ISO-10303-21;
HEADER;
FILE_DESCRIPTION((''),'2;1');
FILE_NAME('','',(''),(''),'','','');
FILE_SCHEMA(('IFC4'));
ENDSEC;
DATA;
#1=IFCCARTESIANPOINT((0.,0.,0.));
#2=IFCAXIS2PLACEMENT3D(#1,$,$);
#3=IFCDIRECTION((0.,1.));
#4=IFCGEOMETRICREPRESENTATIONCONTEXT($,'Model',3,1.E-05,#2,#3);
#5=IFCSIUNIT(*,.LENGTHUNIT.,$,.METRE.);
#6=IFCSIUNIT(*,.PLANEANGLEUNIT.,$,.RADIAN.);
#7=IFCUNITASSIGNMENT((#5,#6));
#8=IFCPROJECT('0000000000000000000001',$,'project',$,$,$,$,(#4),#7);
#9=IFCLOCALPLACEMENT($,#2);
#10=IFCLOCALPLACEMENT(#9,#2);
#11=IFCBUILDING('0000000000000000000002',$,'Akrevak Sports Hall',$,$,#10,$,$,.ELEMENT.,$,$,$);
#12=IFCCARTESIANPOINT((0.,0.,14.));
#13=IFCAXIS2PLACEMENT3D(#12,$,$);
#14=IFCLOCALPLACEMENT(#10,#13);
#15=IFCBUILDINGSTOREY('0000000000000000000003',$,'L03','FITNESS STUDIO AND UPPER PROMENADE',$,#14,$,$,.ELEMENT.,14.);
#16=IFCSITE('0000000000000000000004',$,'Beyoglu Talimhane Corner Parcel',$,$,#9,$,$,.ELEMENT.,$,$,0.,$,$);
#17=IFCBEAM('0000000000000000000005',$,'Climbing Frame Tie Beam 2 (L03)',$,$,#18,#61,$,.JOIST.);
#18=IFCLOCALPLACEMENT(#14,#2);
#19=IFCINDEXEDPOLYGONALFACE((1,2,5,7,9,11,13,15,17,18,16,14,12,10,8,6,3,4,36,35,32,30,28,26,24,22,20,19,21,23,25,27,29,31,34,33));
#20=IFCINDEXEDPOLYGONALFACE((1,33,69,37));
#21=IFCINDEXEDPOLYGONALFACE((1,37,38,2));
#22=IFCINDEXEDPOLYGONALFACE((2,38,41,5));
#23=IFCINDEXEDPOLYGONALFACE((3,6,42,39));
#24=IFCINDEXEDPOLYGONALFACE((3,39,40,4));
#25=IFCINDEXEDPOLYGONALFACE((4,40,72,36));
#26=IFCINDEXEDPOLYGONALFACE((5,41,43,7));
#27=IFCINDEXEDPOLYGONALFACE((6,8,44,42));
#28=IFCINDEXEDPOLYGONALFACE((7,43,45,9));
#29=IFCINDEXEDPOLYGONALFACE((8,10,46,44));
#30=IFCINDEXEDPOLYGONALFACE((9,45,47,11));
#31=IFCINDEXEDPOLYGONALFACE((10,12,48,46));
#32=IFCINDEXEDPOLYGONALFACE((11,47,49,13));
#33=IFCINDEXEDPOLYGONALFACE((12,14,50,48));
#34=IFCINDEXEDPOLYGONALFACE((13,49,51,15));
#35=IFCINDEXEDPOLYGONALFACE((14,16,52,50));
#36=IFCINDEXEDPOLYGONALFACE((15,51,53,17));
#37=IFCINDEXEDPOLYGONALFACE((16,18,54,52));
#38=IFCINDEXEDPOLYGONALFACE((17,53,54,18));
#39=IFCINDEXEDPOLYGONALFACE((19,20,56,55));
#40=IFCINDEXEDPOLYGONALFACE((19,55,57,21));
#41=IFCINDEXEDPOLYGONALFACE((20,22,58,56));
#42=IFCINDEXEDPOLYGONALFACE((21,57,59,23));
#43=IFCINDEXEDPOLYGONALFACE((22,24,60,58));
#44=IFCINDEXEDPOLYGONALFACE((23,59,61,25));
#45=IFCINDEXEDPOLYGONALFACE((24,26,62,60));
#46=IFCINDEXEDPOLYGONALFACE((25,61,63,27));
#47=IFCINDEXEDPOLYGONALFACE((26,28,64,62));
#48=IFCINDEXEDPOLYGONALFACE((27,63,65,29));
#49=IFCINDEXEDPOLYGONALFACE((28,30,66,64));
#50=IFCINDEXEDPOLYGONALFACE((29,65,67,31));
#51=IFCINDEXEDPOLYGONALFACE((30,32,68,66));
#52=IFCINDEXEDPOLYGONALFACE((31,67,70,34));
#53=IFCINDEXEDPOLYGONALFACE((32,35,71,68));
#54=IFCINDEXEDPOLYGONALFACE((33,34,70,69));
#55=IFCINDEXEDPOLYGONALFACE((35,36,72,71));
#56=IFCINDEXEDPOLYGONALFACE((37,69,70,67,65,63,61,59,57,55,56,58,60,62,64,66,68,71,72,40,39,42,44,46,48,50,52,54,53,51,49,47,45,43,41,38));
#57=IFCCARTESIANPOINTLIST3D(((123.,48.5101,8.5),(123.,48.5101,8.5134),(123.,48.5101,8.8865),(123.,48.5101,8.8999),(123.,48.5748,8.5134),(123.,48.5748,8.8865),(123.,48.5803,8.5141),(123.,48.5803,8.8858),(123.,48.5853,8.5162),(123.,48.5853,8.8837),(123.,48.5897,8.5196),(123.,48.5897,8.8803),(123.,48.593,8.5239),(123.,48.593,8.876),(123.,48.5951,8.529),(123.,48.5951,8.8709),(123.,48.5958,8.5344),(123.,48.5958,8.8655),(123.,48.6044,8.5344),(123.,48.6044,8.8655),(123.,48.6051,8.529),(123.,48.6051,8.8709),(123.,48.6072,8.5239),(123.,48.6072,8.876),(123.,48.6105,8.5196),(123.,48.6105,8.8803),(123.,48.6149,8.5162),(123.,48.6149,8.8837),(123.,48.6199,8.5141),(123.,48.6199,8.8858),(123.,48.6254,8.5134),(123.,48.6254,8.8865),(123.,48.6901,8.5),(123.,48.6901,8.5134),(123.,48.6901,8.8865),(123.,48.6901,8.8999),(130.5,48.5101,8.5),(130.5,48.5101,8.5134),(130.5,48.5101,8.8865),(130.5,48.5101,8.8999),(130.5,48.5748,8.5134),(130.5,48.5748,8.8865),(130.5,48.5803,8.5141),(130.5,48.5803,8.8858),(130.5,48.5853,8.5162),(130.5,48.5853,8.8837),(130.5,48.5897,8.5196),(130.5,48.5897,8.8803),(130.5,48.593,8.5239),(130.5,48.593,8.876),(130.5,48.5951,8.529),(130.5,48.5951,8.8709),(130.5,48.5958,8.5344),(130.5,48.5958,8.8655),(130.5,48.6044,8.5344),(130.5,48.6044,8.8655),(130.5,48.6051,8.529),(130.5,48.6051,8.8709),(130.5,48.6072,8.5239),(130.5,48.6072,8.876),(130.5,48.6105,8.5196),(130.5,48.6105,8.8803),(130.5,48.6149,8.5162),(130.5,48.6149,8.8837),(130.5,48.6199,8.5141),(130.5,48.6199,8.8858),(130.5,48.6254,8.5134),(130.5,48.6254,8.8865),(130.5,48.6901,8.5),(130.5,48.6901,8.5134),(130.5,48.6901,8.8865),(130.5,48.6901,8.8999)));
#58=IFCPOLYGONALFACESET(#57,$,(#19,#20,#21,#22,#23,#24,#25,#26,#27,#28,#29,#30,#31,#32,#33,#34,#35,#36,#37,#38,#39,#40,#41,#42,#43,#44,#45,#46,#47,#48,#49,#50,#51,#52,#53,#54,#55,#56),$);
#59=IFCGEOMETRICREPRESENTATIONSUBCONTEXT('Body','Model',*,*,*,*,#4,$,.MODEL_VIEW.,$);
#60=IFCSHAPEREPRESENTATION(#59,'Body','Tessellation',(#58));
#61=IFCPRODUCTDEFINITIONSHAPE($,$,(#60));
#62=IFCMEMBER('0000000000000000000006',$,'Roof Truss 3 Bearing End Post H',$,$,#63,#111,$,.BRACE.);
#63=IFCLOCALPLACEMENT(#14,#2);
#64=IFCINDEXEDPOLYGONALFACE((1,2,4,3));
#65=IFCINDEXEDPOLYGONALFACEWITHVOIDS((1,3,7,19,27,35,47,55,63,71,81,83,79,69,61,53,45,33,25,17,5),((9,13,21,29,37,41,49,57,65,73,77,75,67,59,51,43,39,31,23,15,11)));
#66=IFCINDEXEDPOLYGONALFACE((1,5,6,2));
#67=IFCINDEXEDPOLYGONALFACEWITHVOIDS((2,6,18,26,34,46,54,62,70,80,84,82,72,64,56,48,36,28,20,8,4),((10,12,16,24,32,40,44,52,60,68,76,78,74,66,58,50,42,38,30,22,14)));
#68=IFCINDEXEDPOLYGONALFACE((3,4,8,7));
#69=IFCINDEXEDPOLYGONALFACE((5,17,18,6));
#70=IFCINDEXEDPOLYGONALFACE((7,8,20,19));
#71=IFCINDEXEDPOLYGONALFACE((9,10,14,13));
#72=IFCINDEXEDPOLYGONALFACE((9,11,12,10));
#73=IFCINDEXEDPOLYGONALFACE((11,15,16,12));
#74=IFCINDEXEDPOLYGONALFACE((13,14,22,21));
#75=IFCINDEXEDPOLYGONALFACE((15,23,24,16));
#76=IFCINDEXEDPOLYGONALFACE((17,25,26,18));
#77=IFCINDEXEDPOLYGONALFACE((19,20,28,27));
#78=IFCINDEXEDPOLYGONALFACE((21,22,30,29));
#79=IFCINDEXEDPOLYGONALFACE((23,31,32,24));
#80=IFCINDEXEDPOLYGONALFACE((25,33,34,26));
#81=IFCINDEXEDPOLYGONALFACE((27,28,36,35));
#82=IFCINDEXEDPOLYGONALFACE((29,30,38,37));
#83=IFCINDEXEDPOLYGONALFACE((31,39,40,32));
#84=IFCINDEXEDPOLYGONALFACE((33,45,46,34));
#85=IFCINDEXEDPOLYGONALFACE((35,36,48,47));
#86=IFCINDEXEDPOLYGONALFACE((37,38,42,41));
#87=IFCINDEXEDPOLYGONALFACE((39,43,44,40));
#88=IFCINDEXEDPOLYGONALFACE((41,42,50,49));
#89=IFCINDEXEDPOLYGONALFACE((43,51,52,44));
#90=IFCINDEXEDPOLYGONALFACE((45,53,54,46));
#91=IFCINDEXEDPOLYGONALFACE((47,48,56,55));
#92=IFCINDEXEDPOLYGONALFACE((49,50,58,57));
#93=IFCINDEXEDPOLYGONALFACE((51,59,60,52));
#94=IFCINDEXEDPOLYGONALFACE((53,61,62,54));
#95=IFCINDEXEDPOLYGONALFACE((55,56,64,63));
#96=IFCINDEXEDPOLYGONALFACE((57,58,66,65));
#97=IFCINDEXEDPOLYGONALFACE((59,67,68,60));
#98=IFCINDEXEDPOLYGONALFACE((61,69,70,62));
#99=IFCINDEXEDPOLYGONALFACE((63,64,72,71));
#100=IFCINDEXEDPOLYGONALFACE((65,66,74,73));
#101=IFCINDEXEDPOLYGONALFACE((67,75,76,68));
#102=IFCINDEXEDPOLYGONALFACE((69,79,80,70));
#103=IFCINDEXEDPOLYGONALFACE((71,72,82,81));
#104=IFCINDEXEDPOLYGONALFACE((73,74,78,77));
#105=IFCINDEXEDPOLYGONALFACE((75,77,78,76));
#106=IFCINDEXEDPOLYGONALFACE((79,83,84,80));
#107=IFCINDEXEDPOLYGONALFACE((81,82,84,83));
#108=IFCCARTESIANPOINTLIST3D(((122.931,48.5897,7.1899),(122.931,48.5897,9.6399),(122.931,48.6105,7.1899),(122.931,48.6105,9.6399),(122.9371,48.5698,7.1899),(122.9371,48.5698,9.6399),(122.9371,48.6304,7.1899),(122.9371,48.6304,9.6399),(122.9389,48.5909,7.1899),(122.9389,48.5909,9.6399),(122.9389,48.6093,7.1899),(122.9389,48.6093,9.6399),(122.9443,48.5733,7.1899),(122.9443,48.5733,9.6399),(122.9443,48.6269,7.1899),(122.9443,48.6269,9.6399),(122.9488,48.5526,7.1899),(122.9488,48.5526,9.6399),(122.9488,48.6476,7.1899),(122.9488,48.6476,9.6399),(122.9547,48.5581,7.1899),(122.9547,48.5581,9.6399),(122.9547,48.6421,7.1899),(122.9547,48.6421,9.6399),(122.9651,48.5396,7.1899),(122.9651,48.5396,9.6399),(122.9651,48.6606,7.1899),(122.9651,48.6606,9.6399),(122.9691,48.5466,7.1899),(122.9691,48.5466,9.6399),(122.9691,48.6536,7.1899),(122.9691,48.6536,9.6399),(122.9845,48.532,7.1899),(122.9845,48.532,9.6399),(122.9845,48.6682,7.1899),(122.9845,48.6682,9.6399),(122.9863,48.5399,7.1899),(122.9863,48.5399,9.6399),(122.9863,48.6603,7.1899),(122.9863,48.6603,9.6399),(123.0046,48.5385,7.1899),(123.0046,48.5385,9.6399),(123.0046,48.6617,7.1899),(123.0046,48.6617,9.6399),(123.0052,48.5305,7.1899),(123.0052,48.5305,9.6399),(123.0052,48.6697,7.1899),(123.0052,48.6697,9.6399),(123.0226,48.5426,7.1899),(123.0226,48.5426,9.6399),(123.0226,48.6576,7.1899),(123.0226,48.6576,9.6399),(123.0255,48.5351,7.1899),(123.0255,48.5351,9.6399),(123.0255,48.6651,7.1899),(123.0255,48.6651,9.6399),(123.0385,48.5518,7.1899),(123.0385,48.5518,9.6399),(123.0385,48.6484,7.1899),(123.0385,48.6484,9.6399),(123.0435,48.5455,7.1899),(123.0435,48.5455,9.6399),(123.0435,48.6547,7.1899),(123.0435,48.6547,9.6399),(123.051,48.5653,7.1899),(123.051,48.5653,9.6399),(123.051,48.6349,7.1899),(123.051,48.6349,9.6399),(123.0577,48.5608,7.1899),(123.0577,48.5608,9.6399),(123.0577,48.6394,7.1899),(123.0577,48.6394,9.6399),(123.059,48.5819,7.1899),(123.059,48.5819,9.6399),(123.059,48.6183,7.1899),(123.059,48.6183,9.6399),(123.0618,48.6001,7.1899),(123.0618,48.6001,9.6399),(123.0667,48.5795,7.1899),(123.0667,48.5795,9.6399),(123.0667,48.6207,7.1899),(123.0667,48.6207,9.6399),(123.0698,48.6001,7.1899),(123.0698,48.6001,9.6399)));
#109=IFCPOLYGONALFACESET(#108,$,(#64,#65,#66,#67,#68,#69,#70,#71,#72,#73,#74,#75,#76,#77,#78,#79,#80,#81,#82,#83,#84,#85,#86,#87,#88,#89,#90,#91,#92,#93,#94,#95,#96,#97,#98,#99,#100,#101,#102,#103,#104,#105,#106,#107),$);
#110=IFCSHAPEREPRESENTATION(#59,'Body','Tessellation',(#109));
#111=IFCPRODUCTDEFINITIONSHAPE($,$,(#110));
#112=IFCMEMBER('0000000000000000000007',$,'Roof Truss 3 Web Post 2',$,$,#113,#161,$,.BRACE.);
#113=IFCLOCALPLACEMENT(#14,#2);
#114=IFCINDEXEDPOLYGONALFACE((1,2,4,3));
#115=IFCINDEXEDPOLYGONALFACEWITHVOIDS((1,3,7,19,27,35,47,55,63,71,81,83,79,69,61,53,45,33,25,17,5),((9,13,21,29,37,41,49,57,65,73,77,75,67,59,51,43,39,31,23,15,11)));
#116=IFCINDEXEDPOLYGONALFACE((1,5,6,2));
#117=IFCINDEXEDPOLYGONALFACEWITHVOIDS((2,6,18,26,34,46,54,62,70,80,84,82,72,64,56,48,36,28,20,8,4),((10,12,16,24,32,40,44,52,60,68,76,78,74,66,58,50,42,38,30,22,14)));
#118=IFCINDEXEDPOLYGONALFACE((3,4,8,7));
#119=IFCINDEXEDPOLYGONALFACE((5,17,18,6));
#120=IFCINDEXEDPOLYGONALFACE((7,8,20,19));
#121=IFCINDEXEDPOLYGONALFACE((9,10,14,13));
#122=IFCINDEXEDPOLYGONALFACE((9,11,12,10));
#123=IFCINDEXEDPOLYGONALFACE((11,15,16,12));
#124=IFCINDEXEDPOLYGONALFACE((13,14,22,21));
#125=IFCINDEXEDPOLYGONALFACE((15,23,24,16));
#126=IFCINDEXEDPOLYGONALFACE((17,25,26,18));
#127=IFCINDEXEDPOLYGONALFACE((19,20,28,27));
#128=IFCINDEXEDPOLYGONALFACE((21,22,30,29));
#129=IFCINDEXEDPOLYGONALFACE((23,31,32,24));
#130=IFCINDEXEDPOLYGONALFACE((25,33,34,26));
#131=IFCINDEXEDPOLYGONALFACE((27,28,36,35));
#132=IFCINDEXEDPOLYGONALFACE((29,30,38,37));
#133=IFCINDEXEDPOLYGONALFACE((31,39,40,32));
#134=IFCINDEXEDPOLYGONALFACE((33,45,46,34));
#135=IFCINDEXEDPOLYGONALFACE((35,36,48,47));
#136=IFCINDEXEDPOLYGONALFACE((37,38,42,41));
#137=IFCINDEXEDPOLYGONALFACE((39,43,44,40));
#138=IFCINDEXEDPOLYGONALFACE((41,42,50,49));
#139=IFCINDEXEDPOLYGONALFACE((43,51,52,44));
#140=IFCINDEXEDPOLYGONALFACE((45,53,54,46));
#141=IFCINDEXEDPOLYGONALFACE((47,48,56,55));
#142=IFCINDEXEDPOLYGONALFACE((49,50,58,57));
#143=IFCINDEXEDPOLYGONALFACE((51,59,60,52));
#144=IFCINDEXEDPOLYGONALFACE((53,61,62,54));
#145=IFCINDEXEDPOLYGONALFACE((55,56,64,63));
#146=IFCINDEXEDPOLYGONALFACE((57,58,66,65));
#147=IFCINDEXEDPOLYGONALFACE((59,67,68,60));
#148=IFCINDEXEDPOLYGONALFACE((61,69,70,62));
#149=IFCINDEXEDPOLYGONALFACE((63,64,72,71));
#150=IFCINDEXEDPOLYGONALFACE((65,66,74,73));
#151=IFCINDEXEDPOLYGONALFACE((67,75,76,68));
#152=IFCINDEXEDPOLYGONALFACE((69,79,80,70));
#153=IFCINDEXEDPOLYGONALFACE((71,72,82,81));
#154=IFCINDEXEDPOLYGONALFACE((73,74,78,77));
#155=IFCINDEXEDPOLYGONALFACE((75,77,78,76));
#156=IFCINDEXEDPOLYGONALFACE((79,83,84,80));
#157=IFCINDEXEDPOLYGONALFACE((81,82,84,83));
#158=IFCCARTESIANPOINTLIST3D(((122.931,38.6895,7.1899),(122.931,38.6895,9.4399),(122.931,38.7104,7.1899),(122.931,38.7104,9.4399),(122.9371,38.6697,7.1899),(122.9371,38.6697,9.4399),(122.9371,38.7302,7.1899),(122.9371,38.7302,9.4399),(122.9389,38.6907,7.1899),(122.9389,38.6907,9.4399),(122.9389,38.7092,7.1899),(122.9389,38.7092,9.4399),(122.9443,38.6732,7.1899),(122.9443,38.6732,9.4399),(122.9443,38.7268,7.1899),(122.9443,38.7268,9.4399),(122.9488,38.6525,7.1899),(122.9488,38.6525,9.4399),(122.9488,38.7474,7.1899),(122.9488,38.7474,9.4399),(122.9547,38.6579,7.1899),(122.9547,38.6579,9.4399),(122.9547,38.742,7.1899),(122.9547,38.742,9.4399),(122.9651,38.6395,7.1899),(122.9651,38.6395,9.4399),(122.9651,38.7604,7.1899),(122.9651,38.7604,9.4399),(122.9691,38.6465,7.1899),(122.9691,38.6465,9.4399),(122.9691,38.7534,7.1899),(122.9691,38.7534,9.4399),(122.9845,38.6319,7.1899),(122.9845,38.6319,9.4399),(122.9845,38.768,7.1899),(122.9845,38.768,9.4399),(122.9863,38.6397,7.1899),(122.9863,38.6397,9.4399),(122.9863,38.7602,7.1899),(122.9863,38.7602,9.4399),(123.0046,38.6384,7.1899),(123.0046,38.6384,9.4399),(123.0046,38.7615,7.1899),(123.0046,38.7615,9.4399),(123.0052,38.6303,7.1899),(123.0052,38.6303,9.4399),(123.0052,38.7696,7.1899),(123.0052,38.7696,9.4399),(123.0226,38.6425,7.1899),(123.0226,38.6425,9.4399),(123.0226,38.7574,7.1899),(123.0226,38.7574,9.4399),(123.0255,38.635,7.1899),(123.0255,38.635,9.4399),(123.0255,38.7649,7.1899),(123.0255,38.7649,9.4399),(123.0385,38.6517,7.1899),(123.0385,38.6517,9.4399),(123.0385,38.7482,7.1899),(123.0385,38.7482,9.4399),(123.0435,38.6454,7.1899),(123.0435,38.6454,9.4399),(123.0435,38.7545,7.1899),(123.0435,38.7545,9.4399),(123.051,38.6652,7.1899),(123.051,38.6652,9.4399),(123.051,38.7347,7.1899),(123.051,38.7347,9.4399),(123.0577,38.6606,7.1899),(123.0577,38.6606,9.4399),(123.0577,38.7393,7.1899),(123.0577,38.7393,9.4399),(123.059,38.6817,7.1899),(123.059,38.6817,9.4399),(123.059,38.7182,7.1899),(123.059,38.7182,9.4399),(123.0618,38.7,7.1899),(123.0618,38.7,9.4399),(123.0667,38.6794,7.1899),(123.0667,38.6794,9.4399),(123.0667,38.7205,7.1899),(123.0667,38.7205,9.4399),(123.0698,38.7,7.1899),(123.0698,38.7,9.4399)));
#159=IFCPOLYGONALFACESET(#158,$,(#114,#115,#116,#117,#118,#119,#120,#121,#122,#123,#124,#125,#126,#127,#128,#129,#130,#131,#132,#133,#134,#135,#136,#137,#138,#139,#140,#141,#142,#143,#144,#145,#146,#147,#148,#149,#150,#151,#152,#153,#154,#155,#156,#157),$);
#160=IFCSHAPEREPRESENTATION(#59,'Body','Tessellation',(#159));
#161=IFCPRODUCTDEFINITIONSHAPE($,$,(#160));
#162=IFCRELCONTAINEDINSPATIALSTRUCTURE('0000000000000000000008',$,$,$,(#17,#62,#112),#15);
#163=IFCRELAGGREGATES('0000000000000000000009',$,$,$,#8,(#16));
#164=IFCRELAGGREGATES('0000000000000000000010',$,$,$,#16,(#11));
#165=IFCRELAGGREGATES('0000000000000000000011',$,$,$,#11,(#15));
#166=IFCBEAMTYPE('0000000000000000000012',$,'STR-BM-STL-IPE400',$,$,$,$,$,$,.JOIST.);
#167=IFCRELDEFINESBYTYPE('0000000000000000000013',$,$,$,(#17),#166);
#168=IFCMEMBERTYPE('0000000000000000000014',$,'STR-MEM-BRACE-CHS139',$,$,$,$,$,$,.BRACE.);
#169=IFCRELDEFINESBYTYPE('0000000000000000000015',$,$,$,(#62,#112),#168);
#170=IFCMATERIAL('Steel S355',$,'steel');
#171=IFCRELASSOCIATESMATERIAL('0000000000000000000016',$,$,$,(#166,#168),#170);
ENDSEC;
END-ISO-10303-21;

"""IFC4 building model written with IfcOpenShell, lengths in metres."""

from ifc_helpers import new_model, si_unit, direction, frame, origin, origin_2d, place, context, subcontext, project, spatial, hollow_circle, i_section, extrude, material, material_profile, profile_set, type_object, element, save


model = new_model("IFC4")

# Units and contexts
model_context = context("Model", 3, precision=1e-05, world=origin(), true_north=direction((0.0, 1.0)))
body_context = subcontext(model_context, "Body", "Model", "MODEL_VIEW")
ifc_project = project(units=[si_unit("LENGTHUNIT", "METRE"), si_unit("PLANEANGLEUNIT", "RADIAN")], contexts=[model_context])

# Site, building, storey
site_placement = place(None, origin())
site = spatial("IfcSite", under=ifc_project, at=site_placement, Name="Beyoglu Talimhane Corner Parcel", CompositionType="ELEMENT", RefElevation=0.0)
building_placement = place(site_placement, origin())
building = spatial("IfcBuilding", under=site, at=building_placement, Name="Akrevak Sports Hall", CompositionType="ELEMENT")
storey_placement = place(building_placement, frame((0.0, 0.0, 14.0)))
storey = spatial("IfcBuildingStorey", under=building, at=storey_placement, Name="L03", Description="FITNESS STUDIO AND UPPER PROMENADE", CompositionType="ELEMENT", Elevation=14.0)

# Shared definitions
ifc_material_1 = material(Name="Steel S355", Category="steel")

# Beam
ifc_material_profile_1 = material_profile(ifc_material_1, i_section(OverallWidth=0.1799, OverallDepth=0.3999, WebThickness=0.0085, FlangeThickness=0.0134, FilletRadius=0.021, at=origin_2d()), Name="IPE 400", Category="steel")
ifc_profile_set_1 = profile_set([ifc_material_profile_1], Name="Steel S355")
beam_type_1 = type_object("IfcBeamType", Name="STR-BM-STL-IPE400", PredefinedType="JOIST", material=ifc_profile_set_1)
for number, where, z_axis, x_axis, name in (
    (1, (123.0, 48.6001, 8.7), (1.0, 0.0, 0.0), (0.0, 1.0, 0.0), "Climbing Frame Tie Beam 2 (L03)"),
):
    element("IfcBeam", number, at=place(storey_placement, frame(where, z_axis=z_axis, x_axis=x_axis)), inside=storey, type_object=beam_type_1, Name=name, PredefinedType="JOIST", context=body_context, shape_type="SweptSolid", body=[
        extrude(i_section(OverallWidth=0.1799, OverallDepth=0.3999, WebThickness=0.0085, FlangeThickness=0.0134, FilletRadius=0.021, at=origin_2d()), origin(), (0.0, 0.0, 1.0), 7.5),
    ])

# Members
ifc_material_profile_2 = material_profile(ifc_material_1, hollow_circle(Radius=0.0698, WallThickness=0.0081, at=origin_2d()), Name="CHS 139.7x8", Category="steel")
ifc_profile_set_2 = profile_set([ifc_material_profile_2], Name="Steel S355")
member_type_1 = type_object("IfcMemberType", Name="STR-MEM-BRACE-CHS139", PredefinedType="BRACE", material=ifc_profile_set_2)
member_placement = place(storey_placement, frame((123.0, 48.6001, 7.1899), z_axis=(0.0, 0.0, 1.0), x_axis=(1.0, 0.0, 0.0)))
element("IfcMember", 2, at=member_placement, inside=storey, type_object=member_type_1, Name="Roof Truss 3 Bearing End Post H", PredefinedType="BRACE", context=body_context, shape_type="SweptSolid", body=[
    extrude(hollow_circle(Radius=0.0698, WallThickness=0.0081, at=origin_2d()), origin(), (0.0, 0.0, 1.0), 2.45),
])
for number, where, z_axis, x_axis, name in (
    (3, (123.0, 38.7, 7.1899), (0.0, 0.0, 1.0), (1.0, 0.0, 0.0), "Roof Truss 3 Web Post 2"),
):
    element("IfcMember", number, at=place(storey_placement, frame(where, z_axis=z_axis, x_axis=x_axis)), inside=storey, type_object=member_type_1, Name=name, PredefinedType="BRACE", context=body_context, shape_type="SweptSolid", body=[
        extrude(hollow_circle(Radius=0.0698, WallThickness=0.0081, at=origin_2d()), origin(), (0.0, 0.0, 1.0), 2.25),
    ])

save(model, "model.ifc")
